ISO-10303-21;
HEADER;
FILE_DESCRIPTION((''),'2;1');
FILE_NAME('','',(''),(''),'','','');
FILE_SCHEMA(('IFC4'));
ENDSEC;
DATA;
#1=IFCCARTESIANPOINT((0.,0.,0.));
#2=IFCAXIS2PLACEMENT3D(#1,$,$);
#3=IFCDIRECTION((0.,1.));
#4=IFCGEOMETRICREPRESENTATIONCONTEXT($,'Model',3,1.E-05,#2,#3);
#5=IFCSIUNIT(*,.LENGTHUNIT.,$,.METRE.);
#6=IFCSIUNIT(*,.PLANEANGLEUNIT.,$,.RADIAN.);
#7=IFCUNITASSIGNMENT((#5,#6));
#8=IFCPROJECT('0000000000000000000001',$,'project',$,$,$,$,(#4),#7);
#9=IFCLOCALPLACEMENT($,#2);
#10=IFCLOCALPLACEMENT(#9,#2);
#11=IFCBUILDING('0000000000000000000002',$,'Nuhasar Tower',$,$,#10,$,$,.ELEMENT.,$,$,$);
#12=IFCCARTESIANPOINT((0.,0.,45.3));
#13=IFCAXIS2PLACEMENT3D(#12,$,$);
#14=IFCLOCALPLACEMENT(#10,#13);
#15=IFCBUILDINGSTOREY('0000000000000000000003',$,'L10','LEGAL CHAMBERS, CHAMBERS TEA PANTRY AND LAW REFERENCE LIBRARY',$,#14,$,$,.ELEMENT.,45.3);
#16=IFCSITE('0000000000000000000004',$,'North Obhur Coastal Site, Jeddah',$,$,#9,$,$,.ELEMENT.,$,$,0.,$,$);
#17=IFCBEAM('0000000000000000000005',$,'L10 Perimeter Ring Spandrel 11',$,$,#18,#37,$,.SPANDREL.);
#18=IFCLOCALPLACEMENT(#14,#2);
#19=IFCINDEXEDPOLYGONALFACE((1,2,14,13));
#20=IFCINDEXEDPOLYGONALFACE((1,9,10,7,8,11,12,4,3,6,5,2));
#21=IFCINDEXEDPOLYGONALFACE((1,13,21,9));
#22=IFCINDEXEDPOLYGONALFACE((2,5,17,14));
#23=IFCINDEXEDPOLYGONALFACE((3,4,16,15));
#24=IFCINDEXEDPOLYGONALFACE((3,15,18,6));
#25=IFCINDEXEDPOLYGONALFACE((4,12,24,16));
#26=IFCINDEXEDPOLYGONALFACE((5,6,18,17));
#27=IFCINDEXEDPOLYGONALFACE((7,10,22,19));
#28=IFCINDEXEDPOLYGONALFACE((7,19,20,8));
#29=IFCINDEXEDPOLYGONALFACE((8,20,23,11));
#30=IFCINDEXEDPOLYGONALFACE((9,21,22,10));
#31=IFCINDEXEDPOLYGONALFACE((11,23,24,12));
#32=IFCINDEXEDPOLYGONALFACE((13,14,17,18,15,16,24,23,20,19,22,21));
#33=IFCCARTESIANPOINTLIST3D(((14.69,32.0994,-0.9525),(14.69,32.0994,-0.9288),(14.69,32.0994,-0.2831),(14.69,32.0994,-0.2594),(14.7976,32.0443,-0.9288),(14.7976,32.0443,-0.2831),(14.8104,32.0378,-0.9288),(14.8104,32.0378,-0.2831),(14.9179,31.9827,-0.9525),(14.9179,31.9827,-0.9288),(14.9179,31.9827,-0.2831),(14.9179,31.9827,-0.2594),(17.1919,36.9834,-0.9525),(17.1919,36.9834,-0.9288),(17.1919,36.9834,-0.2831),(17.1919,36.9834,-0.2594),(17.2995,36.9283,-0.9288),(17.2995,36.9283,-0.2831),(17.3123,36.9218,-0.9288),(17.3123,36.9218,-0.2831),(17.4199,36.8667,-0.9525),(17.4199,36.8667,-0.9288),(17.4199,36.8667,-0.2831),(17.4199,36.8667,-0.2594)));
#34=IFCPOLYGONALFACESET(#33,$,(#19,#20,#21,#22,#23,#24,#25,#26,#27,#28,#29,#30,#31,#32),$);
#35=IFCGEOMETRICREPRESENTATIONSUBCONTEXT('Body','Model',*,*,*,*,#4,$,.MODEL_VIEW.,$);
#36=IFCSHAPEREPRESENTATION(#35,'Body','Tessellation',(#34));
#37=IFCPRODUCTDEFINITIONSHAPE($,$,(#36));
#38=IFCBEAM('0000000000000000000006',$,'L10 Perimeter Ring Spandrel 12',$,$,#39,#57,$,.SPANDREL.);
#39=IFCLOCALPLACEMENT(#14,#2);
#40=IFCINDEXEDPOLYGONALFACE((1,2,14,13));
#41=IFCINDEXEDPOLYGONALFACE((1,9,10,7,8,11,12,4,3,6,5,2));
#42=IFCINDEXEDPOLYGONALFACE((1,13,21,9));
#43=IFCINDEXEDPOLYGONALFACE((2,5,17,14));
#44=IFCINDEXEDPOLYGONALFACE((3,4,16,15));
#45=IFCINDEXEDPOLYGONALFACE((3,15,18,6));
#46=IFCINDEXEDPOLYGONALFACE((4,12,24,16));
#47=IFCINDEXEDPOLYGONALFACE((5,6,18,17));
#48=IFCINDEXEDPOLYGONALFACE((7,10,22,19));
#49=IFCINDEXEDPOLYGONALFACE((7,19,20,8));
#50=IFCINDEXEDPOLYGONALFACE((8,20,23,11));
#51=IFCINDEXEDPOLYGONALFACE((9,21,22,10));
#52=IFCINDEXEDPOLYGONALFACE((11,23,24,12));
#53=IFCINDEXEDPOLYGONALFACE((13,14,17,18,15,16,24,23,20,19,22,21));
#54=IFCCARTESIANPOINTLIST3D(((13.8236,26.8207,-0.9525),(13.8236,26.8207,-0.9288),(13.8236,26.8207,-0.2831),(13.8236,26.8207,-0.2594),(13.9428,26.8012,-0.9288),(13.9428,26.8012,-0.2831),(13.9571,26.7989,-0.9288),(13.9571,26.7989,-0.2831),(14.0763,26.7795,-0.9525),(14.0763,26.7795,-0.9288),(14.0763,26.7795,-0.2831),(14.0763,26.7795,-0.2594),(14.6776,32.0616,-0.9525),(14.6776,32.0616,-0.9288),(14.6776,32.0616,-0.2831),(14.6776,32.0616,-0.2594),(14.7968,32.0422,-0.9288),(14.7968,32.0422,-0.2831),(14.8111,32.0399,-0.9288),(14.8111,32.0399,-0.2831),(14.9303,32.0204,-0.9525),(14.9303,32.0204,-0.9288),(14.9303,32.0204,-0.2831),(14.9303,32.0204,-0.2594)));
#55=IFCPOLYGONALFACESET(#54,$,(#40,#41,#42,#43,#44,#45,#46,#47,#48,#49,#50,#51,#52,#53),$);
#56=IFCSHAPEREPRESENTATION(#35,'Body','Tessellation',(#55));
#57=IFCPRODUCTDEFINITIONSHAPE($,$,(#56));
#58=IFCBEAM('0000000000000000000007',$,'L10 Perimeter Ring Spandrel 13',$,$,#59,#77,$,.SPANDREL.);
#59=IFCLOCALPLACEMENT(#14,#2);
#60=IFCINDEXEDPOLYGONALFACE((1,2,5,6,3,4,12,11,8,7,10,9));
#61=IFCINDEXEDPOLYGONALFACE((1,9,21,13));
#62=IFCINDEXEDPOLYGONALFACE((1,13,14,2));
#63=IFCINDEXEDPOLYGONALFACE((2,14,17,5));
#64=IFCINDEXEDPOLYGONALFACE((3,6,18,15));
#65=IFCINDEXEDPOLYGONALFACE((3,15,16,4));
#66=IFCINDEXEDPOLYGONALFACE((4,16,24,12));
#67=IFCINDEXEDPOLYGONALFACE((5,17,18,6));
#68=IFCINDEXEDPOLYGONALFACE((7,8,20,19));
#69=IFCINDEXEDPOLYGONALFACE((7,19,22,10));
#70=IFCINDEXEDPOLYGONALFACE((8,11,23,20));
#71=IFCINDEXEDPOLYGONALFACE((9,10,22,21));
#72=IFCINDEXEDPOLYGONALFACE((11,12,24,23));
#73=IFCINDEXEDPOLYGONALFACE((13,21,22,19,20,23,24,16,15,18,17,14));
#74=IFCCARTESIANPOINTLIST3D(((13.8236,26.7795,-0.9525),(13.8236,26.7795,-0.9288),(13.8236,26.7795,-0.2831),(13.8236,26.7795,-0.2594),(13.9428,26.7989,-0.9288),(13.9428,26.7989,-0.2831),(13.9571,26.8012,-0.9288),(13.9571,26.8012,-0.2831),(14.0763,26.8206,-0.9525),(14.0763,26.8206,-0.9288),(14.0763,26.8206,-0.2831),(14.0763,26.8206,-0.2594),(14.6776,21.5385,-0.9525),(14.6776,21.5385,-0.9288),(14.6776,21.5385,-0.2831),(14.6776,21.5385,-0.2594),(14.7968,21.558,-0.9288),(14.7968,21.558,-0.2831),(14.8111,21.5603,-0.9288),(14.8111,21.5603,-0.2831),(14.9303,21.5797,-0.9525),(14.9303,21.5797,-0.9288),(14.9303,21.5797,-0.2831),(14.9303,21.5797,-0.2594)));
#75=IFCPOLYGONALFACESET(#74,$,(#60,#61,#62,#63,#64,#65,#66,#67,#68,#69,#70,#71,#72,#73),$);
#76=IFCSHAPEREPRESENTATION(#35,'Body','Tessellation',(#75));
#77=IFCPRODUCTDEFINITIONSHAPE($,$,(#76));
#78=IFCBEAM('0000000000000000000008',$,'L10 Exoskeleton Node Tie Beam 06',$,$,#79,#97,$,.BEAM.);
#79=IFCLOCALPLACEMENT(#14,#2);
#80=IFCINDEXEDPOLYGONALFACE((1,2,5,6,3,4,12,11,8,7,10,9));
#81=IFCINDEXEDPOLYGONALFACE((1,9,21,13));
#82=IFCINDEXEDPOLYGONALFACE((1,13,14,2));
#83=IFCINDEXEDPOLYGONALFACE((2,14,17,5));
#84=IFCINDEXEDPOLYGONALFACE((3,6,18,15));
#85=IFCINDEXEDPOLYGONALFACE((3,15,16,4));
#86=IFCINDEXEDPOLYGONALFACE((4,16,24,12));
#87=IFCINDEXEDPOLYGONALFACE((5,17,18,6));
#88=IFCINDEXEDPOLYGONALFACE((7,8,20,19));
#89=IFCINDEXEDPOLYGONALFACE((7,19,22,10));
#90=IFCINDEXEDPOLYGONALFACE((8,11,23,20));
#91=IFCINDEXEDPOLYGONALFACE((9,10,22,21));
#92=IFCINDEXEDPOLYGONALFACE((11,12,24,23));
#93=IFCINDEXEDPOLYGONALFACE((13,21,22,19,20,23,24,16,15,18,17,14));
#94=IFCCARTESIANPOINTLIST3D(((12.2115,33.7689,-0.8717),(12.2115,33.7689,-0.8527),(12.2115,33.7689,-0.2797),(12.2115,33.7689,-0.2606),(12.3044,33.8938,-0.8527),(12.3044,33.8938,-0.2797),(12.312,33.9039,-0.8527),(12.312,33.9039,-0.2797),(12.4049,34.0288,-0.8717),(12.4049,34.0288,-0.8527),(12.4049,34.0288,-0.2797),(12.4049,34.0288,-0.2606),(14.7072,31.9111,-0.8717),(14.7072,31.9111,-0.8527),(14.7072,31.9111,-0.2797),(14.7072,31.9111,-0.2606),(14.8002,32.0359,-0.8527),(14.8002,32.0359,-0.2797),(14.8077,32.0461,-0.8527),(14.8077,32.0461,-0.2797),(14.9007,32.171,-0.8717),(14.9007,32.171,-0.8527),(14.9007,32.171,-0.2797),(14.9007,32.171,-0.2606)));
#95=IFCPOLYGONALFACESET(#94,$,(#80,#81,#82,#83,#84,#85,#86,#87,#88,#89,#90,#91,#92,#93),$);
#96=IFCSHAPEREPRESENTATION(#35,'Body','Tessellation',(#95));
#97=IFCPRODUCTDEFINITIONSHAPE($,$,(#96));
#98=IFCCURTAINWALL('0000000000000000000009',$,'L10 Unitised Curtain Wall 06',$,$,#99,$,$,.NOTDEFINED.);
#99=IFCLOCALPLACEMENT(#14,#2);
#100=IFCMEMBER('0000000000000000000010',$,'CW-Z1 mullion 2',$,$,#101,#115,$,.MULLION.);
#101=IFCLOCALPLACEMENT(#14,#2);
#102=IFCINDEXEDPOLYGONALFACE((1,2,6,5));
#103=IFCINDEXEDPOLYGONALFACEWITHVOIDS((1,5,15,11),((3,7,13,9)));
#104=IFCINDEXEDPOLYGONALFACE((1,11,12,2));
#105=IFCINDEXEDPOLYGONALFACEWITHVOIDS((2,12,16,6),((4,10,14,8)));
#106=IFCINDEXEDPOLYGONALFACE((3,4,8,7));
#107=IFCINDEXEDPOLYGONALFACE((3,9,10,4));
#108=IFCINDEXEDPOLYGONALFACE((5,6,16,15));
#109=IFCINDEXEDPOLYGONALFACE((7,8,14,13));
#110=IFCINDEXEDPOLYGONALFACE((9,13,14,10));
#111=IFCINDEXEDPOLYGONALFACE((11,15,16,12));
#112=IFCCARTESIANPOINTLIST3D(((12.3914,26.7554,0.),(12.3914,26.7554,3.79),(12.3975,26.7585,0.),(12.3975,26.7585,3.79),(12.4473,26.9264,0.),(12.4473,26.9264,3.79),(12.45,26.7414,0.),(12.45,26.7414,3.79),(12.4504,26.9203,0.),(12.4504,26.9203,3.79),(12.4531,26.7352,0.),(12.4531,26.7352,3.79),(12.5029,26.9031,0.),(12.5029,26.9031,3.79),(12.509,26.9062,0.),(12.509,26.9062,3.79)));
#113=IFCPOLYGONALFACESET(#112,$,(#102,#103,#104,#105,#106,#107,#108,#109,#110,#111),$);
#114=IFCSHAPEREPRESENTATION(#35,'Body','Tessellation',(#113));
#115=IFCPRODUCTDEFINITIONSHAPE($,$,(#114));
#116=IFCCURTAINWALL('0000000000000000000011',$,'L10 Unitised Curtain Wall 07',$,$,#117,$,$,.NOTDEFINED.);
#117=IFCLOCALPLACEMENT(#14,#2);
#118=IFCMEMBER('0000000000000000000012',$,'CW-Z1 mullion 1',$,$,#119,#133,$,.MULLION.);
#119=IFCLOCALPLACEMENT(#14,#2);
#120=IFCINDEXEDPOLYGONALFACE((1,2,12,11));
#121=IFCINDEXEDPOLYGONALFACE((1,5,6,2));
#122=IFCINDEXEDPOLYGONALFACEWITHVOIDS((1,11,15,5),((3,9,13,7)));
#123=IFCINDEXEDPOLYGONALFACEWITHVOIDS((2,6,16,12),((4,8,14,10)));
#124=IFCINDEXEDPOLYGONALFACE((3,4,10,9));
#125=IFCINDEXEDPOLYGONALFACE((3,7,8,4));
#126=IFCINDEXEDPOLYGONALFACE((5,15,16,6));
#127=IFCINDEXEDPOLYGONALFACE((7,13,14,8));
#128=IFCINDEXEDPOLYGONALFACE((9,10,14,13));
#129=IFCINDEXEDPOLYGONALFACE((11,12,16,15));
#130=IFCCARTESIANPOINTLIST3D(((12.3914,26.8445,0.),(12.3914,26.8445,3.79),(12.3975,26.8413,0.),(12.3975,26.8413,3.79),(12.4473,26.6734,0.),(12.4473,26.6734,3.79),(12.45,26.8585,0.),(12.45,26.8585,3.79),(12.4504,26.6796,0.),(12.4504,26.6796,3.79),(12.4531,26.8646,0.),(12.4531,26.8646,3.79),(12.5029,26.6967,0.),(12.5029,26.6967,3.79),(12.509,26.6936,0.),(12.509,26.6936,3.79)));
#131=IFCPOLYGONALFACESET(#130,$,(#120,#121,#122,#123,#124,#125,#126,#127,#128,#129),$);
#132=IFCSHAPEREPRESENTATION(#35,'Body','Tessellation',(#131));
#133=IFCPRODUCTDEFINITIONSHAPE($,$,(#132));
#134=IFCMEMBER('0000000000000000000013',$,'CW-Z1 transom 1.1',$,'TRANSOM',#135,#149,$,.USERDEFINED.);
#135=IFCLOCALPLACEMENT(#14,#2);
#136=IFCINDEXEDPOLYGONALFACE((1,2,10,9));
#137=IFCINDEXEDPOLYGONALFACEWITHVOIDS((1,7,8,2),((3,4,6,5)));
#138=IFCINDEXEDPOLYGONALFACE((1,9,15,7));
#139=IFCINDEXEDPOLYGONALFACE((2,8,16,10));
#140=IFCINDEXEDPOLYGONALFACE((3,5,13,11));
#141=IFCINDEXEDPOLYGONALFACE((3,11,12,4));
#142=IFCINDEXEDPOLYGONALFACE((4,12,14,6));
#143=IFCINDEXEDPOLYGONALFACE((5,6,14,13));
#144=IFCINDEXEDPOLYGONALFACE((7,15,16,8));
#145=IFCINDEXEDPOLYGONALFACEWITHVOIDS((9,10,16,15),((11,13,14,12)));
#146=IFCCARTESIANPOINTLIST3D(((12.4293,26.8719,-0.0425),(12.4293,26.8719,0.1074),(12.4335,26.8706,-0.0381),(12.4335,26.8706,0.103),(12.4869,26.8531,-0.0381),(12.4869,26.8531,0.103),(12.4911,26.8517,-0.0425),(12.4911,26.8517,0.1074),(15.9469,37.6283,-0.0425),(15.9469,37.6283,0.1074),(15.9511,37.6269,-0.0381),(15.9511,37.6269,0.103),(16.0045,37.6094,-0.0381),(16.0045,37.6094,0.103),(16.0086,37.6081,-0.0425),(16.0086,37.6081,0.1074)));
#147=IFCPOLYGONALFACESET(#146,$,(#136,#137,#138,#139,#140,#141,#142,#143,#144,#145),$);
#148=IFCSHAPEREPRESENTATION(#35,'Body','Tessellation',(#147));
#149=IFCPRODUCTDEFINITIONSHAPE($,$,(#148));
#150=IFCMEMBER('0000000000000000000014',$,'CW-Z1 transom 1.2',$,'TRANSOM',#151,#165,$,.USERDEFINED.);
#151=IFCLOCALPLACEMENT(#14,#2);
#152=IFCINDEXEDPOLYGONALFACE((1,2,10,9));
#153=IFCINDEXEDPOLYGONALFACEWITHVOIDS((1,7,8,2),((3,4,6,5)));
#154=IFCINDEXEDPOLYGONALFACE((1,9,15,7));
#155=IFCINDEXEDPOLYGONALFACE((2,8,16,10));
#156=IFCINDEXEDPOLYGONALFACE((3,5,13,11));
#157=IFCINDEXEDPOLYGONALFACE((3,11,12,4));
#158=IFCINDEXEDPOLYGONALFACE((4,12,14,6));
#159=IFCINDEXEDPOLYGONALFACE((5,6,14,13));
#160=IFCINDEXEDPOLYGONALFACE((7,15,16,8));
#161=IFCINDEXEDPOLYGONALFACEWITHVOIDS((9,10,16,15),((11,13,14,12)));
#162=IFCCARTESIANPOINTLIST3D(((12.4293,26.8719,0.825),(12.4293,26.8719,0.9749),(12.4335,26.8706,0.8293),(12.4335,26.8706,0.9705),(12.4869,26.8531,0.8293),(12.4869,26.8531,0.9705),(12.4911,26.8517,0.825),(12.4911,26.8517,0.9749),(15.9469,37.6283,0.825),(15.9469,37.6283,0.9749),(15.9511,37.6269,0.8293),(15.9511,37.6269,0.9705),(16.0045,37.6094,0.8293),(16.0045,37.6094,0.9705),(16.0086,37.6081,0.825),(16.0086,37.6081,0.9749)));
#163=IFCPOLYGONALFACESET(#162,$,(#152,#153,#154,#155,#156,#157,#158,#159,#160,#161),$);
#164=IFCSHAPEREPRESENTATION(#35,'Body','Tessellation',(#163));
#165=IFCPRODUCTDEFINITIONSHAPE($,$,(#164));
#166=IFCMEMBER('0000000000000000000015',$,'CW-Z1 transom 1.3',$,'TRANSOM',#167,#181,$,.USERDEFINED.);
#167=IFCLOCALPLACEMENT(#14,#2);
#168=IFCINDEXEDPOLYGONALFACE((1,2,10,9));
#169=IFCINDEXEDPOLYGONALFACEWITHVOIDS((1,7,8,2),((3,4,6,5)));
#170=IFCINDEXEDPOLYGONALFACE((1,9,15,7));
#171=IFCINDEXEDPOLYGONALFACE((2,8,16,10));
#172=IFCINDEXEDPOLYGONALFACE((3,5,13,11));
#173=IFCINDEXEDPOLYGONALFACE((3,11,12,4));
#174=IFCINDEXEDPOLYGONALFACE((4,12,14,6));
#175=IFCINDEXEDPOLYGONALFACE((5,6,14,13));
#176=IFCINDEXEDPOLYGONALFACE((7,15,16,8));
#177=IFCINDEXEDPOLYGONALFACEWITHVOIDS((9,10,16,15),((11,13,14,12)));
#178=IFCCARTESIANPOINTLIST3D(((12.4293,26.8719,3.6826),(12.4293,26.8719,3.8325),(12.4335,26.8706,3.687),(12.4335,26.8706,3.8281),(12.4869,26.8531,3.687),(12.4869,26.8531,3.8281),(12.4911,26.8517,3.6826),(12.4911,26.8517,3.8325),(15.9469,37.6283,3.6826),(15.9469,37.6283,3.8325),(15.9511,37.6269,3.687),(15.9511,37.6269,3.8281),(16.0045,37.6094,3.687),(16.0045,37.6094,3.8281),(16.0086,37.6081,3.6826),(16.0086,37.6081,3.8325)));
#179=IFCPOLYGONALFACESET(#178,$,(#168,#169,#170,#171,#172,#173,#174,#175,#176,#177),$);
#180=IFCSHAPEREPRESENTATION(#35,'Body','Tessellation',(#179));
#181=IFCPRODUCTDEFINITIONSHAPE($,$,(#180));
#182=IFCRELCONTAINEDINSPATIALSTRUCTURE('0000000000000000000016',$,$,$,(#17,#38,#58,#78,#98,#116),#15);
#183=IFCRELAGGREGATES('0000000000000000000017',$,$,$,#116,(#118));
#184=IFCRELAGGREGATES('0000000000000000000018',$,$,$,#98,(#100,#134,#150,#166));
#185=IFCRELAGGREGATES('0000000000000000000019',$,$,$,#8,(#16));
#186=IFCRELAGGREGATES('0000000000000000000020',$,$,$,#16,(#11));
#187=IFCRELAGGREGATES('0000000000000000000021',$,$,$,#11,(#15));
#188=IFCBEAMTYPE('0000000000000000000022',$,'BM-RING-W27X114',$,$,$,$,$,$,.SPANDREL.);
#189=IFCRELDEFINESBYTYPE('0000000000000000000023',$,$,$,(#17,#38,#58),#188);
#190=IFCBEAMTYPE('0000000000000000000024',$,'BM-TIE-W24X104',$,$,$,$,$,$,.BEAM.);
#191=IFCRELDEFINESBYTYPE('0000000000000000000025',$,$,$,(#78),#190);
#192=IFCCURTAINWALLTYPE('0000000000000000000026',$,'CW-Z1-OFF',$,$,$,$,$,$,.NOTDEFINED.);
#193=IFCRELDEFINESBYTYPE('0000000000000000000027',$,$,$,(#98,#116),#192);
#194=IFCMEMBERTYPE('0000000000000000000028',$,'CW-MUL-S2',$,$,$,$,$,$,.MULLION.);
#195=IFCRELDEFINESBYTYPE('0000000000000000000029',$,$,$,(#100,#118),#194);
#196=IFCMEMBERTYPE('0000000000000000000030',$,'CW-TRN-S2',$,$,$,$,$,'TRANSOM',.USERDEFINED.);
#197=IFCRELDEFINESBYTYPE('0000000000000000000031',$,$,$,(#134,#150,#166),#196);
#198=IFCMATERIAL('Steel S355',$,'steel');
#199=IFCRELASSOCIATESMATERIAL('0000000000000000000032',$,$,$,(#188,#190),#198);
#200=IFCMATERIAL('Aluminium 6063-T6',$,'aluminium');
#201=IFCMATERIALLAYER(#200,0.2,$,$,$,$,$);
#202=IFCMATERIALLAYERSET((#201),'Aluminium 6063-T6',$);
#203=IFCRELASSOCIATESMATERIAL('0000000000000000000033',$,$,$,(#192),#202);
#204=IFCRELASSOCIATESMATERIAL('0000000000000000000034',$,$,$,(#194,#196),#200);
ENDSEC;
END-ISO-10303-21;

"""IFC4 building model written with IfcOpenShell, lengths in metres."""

from ifc_helpers import new_model, si_unit, direction, frame, origin, origin_2d, place, context, subcontext, project, spatial, hollow_rectangle, i_section, extrude, material, layer, layer_set, material_profile, profile_set, type_object, element, aggregate, save


model = new_model("IFC4")

# Units and contexts
model_context = context("Model", 3, precision=1e-05, world=origin(), true_north=direction((0.0, 1.0)))
body_context = subcontext(model_context, "Body", "Model", "MODEL_VIEW")
ifc_project = project(units=[si_unit("LENGTHUNIT", "METRE"), si_unit("PLANEANGLEUNIT", "RADIAN")], contexts=[model_context])

# Site, building, storey
site_placement = place(None, origin())
site = spatial("IfcSite", under=ifc_project, at=site_placement, Name="North Obhur Coastal Site, Jeddah", CompositionType="ELEMENT", RefElevation=0.0)
building_placement = place(site_placement, origin())
building = spatial("IfcBuilding", under=site, at=building_placement, Name="Nuhasar Tower", CompositionType="ELEMENT")
storey_placement = place(building_placement, frame((0.0, 0.0, 45.3)))
storey = spatial("IfcBuildingStorey", under=building, at=storey_placement, Name="L10", Description="LEGAL CHAMBERS, CHAMBERS TEA PANTRY AND LAW REFERENCE LIBRARY", CompositionType="ELEMENT", Elevation=45.3)

# Beams
ifc_material_1 = material(Name="Steel S355", Category="steel")
ifc_material_profile_1 = material_profile(ifc_material_1, i_section(OverallWidth=0.2561, OverallDepth=0.6931, WebThickness=0.0144, FlangeThickness=0.0237, at=origin_2d()), Name="W27X114")
ifc_profile_set_1 = profile_set([ifc_material_profile_1], Name="Steel S355")
beam_type_1 = type_object("IfcBeamType", Name="BM-RING-W27X114", PredefinedType="SPANDREL", material=ifc_profile_set_1)
beam_1_placement = place(storey_placement, frame((17.3059, 36.925, -0.606), z_axis=(-0.45593, -0.890016, 0.0), x_axis=(0.890016, -0.45593, 0.0)))
element("IfcBeam", 1, at=beam_1_placement, inside=storey, type_object=beam_type_1, Name="L10 Perimeter Ring Spandrel 11", PredefinedType="SPANDREL", context=body_context, shape_type="SweptSolid", body=[
    extrude(i_section(OverallWidth=0.2561, OverallDepth=0.6931, WebThickness=0.0144, FlangeThickness=0.0237, at=origin_2d()), origin(), (0.0, 0.0, 1.0), 5.4875),
])
for number, where, z_axis, x_axis, name in (
    (2, (14.804, 32.041, -0.606), (-0.160827, -0.986983, 0.0), (0.986983, -0.160827, 0.0), "L10 Perimeter Ring Spandrel 12"),
    (3, (13.95, 26.8, -0.606), (0.160827, -0.986983, 0.0), (0.986983, 0.160827, 0.0), "L10 Perimeter Ring Spandrel 13"),
):
    element("IfcBeam", number, at=place(storey_placement, frame(where, z_axis=z_axis, x_axis=x_axis)), inside=storey, type_object=beam_type_1, Name=name, PredefinedType="SPANDREL", context=body_context, shape_type="SweptSolid", body=[
        extrude(i_section(OverallWidth=0.2561, OverallDepth=0.6931, WebThickness=0.0144, FlangeThickness=0.0237, at=origin_2d()), origin(), (0.0, 0.0, 1.0), 5.3101),
    ])
ifc_material_profile_2 = material_profile(ifc_material_1, i_section(OverallWidth=0.324, OverallDepth=0.6111, WebThickness=0.0127, FlangeThickness=0.019, at=origin_2d()), Name="W24X104")
ifc_profile_set_2 = profile_set([ifc_material_profile_2], Name="Steel S355")
beam_type_2 = type_object("IfcBeamType", Name="BM-TIE-W24X104", PredefinedType="BEAM", material=ifc_profile_set_2)
beam_2_placement = place(storey_placement, frame((14.804, 32.041, -0.5662), z_axis=(-0.802151, 0.597121, 0.0), x_axis=(-0.597121, -0.802151, 0.0)))
element("IfcBeam", 4, at=beam_2_placement, inside=storey, type_object=beam_type_2, Name="L10 Exoskeleton Node Tie Beam 06", PredefinedType="BEAM", context=body_context, shape_type="SweptSolid", body=[
    extrude(i_section(OverallWidth=0.324, OverallDepth=0.6111, WebThickness=0.0127, FlangeThickness=0.019, at=origin_2d()), origin(), (0.0, 0.0, 1.0), 3.1113),
])

# Curtain walls, members
ifc_material_2 = material(Name="Aluminium 6063-T6", Category="aluminium")
ifc_layer_1 = layer(ifc_material_2, 0.2)
ifc_layer_set_1 = layer_set([ifc_layer_1], Name="Aluminium 6063-T6")
curtain_wall_type = type_object("IfcCurtainWallType", Name="CW-Z1-OFF", PredefinedType="NOTDEFINED", material=ifc_layer_set_1)
curtain_wall_1_placement = place(storey_placement, origin())
curtain_wall_1 = element("IfcCurtainWall", 5, at=curtain_wall_1_placement, inside=storey, type_object=curtain_wall_type, Name="L10 Unitised Curtain Wall 06", PredefinedType="NOTDEFINED")
ifc_material_profile_3 = material_profile(ifc_material_2, hollow_rectangle(XDim=0.0649, YDim=0.1799, WallThickness=0.0049, at=origin_2d()), Name="CWM-2")
ifc_profile_set_3 = profile_set([ifc_material_profile_3], Name="Aluminium 6063-T6")
member_type_1 = type_object("IfcMemberType", Name="CW-MUL-S2", PredefinedType="MULLION", material=ifc_profile_set_3)
member_1_placement = place(storey_placement, frame((12.4502, 26.8308, 0.0), z_axis=(0.0, 0.0, 1.0), x_axis=(0.950468, -0.310824, 0.0)))
member_1 = element("IfcMember", 6, at=member_1_placement, type_object=member_type_1, Name="CW-Z1 mullion 2", PredefinedType="MULLION", context=body_context, shape_type="SweptSolid", body=[
    extrude(hollow_rectangle(XDim=0.0649, YDim=0.1799, WallThickness=0.0049, at=origin_2d()), origin(), (0.0, 0.0, 1.0), 3.79),
])
curtain_wall_2_placement = place(storey_placement, origin())
curtain_wall_2 = element("IfcCurtainWall", 7, at=curtain_wall_2_placement, inside=storey, type_object=curtain_wall_type, Name="L10 Unitised Curtain Wall 07", PredefinedType="NOTDEFINED")
member_2_placement = place(storey_placement, frame((12.4502, 26.769, 0.0), z_axis=(0.0, 0.0, 1.0), x_axis=(0.950468, 0.310824, 0.0)))
member_2 = element("IfcMember", 8, at=member_2_placement, type_object=member_type_1, Name="CW-Z1 mullion 1", PredefinedType="MULLION", context=body_context, shape_type="SweptSolid", body=[
    extrude(hollow_rectangle(XDim=0.0649, YDim=0.1799, WallThickness=0.0049, at=origin_2d()), origin(), (0.0, 0.0, 1.0), 3.79),
])
aggregate(curtain_wall_2, [member_2])

# Members
ifc_material_profile_4 = material_profile(ifc_material_2, hollow_rectangle(XDim=0.0649, YDim=0.1499, WallThickness=0.0044, at=origin_2d()), Name="CWT-2")
ifc_profile_set_4 = profile_set([ifc_material_profile_4], Name="Aluminium 6063-T6")
member_type_2 = type_object("IfcMemberType", Name="CW-TRN-S2", ElementType="TRANSOM", PredefinedType="USERDEFINED", material=ifc_profile_set_4)
member_3_placement = place(storey_placement, frame((15.9778, 37.6182, 0.0325), z_axis=(-0.310825, -0.950467, 0.0), x_axis=(0.950467, -0.310825, 0.0)))
member_3 = element("IfcMember", 9, at=member_3_placement, type_object=member_type_2, Name="CW-Z1 transom 1.1", ObjectType="TRANSOM", PredefinedType="USERDEFINED", context=body_context, shape_type="SweptSolid", body=[
    extrude(hollow_rectangle(XDim=0.0649, YDim=0.1499, WallThickness=0.0044, at=origin_2d()), origin(), (0.0, 0.0, 1.0), 11.3169),
])
member_4_placement = place(storey_placement, frame((15.9778, 37.6182, 0.8999), z_axis=(-0.310825, -0.950467, 0.0), x_axis=(0.950467, -0.310825, 0.0)))
member_4 = element("IfcMember", 10, at=member_4_placement, type_object=member_type_2, Name="CW-Z1 transom 1.2", ObjectType="TRANSOM", PredefinedType="USERDEFINED", context=body_context, shape_type="SweptSolid", body=[
    extrude(hollow_rectangle(XDim=0.0649, YDim=0.1499, WallThickness=0.0044, at=origin_2d()), origin(), (0.0, 0.0, 1.0), 11.3169),
])
member_5_placement = place(storey_placement, frame((15.9778, 37.6182, 3.7576), z_axis=(-0.310825, -0.950467, 0.0), x_axis=(0.950467, -0.310825, 0.0)))
member_5 = element("IfcMember", 11, at=member_5_placement, type_object=member_type_2, Name="CW-Z1 transom 1.3", ObjectType="TRANSOM", PredefinedType="USERDEFINED", context=body_context, shape_type="SweptSolid", body=[
    extrude(hollow_rectangle(XDim=0.0649, YDim=0.1499, WallThickness=0.0044, at=origin_2d()), origin(), (0.0, 0.0, 1.0), 11.3169),
])

aggregate(curtain_wall_1, [member_1, member_3, member_4, member_5])

save(model, "model.ifc")
